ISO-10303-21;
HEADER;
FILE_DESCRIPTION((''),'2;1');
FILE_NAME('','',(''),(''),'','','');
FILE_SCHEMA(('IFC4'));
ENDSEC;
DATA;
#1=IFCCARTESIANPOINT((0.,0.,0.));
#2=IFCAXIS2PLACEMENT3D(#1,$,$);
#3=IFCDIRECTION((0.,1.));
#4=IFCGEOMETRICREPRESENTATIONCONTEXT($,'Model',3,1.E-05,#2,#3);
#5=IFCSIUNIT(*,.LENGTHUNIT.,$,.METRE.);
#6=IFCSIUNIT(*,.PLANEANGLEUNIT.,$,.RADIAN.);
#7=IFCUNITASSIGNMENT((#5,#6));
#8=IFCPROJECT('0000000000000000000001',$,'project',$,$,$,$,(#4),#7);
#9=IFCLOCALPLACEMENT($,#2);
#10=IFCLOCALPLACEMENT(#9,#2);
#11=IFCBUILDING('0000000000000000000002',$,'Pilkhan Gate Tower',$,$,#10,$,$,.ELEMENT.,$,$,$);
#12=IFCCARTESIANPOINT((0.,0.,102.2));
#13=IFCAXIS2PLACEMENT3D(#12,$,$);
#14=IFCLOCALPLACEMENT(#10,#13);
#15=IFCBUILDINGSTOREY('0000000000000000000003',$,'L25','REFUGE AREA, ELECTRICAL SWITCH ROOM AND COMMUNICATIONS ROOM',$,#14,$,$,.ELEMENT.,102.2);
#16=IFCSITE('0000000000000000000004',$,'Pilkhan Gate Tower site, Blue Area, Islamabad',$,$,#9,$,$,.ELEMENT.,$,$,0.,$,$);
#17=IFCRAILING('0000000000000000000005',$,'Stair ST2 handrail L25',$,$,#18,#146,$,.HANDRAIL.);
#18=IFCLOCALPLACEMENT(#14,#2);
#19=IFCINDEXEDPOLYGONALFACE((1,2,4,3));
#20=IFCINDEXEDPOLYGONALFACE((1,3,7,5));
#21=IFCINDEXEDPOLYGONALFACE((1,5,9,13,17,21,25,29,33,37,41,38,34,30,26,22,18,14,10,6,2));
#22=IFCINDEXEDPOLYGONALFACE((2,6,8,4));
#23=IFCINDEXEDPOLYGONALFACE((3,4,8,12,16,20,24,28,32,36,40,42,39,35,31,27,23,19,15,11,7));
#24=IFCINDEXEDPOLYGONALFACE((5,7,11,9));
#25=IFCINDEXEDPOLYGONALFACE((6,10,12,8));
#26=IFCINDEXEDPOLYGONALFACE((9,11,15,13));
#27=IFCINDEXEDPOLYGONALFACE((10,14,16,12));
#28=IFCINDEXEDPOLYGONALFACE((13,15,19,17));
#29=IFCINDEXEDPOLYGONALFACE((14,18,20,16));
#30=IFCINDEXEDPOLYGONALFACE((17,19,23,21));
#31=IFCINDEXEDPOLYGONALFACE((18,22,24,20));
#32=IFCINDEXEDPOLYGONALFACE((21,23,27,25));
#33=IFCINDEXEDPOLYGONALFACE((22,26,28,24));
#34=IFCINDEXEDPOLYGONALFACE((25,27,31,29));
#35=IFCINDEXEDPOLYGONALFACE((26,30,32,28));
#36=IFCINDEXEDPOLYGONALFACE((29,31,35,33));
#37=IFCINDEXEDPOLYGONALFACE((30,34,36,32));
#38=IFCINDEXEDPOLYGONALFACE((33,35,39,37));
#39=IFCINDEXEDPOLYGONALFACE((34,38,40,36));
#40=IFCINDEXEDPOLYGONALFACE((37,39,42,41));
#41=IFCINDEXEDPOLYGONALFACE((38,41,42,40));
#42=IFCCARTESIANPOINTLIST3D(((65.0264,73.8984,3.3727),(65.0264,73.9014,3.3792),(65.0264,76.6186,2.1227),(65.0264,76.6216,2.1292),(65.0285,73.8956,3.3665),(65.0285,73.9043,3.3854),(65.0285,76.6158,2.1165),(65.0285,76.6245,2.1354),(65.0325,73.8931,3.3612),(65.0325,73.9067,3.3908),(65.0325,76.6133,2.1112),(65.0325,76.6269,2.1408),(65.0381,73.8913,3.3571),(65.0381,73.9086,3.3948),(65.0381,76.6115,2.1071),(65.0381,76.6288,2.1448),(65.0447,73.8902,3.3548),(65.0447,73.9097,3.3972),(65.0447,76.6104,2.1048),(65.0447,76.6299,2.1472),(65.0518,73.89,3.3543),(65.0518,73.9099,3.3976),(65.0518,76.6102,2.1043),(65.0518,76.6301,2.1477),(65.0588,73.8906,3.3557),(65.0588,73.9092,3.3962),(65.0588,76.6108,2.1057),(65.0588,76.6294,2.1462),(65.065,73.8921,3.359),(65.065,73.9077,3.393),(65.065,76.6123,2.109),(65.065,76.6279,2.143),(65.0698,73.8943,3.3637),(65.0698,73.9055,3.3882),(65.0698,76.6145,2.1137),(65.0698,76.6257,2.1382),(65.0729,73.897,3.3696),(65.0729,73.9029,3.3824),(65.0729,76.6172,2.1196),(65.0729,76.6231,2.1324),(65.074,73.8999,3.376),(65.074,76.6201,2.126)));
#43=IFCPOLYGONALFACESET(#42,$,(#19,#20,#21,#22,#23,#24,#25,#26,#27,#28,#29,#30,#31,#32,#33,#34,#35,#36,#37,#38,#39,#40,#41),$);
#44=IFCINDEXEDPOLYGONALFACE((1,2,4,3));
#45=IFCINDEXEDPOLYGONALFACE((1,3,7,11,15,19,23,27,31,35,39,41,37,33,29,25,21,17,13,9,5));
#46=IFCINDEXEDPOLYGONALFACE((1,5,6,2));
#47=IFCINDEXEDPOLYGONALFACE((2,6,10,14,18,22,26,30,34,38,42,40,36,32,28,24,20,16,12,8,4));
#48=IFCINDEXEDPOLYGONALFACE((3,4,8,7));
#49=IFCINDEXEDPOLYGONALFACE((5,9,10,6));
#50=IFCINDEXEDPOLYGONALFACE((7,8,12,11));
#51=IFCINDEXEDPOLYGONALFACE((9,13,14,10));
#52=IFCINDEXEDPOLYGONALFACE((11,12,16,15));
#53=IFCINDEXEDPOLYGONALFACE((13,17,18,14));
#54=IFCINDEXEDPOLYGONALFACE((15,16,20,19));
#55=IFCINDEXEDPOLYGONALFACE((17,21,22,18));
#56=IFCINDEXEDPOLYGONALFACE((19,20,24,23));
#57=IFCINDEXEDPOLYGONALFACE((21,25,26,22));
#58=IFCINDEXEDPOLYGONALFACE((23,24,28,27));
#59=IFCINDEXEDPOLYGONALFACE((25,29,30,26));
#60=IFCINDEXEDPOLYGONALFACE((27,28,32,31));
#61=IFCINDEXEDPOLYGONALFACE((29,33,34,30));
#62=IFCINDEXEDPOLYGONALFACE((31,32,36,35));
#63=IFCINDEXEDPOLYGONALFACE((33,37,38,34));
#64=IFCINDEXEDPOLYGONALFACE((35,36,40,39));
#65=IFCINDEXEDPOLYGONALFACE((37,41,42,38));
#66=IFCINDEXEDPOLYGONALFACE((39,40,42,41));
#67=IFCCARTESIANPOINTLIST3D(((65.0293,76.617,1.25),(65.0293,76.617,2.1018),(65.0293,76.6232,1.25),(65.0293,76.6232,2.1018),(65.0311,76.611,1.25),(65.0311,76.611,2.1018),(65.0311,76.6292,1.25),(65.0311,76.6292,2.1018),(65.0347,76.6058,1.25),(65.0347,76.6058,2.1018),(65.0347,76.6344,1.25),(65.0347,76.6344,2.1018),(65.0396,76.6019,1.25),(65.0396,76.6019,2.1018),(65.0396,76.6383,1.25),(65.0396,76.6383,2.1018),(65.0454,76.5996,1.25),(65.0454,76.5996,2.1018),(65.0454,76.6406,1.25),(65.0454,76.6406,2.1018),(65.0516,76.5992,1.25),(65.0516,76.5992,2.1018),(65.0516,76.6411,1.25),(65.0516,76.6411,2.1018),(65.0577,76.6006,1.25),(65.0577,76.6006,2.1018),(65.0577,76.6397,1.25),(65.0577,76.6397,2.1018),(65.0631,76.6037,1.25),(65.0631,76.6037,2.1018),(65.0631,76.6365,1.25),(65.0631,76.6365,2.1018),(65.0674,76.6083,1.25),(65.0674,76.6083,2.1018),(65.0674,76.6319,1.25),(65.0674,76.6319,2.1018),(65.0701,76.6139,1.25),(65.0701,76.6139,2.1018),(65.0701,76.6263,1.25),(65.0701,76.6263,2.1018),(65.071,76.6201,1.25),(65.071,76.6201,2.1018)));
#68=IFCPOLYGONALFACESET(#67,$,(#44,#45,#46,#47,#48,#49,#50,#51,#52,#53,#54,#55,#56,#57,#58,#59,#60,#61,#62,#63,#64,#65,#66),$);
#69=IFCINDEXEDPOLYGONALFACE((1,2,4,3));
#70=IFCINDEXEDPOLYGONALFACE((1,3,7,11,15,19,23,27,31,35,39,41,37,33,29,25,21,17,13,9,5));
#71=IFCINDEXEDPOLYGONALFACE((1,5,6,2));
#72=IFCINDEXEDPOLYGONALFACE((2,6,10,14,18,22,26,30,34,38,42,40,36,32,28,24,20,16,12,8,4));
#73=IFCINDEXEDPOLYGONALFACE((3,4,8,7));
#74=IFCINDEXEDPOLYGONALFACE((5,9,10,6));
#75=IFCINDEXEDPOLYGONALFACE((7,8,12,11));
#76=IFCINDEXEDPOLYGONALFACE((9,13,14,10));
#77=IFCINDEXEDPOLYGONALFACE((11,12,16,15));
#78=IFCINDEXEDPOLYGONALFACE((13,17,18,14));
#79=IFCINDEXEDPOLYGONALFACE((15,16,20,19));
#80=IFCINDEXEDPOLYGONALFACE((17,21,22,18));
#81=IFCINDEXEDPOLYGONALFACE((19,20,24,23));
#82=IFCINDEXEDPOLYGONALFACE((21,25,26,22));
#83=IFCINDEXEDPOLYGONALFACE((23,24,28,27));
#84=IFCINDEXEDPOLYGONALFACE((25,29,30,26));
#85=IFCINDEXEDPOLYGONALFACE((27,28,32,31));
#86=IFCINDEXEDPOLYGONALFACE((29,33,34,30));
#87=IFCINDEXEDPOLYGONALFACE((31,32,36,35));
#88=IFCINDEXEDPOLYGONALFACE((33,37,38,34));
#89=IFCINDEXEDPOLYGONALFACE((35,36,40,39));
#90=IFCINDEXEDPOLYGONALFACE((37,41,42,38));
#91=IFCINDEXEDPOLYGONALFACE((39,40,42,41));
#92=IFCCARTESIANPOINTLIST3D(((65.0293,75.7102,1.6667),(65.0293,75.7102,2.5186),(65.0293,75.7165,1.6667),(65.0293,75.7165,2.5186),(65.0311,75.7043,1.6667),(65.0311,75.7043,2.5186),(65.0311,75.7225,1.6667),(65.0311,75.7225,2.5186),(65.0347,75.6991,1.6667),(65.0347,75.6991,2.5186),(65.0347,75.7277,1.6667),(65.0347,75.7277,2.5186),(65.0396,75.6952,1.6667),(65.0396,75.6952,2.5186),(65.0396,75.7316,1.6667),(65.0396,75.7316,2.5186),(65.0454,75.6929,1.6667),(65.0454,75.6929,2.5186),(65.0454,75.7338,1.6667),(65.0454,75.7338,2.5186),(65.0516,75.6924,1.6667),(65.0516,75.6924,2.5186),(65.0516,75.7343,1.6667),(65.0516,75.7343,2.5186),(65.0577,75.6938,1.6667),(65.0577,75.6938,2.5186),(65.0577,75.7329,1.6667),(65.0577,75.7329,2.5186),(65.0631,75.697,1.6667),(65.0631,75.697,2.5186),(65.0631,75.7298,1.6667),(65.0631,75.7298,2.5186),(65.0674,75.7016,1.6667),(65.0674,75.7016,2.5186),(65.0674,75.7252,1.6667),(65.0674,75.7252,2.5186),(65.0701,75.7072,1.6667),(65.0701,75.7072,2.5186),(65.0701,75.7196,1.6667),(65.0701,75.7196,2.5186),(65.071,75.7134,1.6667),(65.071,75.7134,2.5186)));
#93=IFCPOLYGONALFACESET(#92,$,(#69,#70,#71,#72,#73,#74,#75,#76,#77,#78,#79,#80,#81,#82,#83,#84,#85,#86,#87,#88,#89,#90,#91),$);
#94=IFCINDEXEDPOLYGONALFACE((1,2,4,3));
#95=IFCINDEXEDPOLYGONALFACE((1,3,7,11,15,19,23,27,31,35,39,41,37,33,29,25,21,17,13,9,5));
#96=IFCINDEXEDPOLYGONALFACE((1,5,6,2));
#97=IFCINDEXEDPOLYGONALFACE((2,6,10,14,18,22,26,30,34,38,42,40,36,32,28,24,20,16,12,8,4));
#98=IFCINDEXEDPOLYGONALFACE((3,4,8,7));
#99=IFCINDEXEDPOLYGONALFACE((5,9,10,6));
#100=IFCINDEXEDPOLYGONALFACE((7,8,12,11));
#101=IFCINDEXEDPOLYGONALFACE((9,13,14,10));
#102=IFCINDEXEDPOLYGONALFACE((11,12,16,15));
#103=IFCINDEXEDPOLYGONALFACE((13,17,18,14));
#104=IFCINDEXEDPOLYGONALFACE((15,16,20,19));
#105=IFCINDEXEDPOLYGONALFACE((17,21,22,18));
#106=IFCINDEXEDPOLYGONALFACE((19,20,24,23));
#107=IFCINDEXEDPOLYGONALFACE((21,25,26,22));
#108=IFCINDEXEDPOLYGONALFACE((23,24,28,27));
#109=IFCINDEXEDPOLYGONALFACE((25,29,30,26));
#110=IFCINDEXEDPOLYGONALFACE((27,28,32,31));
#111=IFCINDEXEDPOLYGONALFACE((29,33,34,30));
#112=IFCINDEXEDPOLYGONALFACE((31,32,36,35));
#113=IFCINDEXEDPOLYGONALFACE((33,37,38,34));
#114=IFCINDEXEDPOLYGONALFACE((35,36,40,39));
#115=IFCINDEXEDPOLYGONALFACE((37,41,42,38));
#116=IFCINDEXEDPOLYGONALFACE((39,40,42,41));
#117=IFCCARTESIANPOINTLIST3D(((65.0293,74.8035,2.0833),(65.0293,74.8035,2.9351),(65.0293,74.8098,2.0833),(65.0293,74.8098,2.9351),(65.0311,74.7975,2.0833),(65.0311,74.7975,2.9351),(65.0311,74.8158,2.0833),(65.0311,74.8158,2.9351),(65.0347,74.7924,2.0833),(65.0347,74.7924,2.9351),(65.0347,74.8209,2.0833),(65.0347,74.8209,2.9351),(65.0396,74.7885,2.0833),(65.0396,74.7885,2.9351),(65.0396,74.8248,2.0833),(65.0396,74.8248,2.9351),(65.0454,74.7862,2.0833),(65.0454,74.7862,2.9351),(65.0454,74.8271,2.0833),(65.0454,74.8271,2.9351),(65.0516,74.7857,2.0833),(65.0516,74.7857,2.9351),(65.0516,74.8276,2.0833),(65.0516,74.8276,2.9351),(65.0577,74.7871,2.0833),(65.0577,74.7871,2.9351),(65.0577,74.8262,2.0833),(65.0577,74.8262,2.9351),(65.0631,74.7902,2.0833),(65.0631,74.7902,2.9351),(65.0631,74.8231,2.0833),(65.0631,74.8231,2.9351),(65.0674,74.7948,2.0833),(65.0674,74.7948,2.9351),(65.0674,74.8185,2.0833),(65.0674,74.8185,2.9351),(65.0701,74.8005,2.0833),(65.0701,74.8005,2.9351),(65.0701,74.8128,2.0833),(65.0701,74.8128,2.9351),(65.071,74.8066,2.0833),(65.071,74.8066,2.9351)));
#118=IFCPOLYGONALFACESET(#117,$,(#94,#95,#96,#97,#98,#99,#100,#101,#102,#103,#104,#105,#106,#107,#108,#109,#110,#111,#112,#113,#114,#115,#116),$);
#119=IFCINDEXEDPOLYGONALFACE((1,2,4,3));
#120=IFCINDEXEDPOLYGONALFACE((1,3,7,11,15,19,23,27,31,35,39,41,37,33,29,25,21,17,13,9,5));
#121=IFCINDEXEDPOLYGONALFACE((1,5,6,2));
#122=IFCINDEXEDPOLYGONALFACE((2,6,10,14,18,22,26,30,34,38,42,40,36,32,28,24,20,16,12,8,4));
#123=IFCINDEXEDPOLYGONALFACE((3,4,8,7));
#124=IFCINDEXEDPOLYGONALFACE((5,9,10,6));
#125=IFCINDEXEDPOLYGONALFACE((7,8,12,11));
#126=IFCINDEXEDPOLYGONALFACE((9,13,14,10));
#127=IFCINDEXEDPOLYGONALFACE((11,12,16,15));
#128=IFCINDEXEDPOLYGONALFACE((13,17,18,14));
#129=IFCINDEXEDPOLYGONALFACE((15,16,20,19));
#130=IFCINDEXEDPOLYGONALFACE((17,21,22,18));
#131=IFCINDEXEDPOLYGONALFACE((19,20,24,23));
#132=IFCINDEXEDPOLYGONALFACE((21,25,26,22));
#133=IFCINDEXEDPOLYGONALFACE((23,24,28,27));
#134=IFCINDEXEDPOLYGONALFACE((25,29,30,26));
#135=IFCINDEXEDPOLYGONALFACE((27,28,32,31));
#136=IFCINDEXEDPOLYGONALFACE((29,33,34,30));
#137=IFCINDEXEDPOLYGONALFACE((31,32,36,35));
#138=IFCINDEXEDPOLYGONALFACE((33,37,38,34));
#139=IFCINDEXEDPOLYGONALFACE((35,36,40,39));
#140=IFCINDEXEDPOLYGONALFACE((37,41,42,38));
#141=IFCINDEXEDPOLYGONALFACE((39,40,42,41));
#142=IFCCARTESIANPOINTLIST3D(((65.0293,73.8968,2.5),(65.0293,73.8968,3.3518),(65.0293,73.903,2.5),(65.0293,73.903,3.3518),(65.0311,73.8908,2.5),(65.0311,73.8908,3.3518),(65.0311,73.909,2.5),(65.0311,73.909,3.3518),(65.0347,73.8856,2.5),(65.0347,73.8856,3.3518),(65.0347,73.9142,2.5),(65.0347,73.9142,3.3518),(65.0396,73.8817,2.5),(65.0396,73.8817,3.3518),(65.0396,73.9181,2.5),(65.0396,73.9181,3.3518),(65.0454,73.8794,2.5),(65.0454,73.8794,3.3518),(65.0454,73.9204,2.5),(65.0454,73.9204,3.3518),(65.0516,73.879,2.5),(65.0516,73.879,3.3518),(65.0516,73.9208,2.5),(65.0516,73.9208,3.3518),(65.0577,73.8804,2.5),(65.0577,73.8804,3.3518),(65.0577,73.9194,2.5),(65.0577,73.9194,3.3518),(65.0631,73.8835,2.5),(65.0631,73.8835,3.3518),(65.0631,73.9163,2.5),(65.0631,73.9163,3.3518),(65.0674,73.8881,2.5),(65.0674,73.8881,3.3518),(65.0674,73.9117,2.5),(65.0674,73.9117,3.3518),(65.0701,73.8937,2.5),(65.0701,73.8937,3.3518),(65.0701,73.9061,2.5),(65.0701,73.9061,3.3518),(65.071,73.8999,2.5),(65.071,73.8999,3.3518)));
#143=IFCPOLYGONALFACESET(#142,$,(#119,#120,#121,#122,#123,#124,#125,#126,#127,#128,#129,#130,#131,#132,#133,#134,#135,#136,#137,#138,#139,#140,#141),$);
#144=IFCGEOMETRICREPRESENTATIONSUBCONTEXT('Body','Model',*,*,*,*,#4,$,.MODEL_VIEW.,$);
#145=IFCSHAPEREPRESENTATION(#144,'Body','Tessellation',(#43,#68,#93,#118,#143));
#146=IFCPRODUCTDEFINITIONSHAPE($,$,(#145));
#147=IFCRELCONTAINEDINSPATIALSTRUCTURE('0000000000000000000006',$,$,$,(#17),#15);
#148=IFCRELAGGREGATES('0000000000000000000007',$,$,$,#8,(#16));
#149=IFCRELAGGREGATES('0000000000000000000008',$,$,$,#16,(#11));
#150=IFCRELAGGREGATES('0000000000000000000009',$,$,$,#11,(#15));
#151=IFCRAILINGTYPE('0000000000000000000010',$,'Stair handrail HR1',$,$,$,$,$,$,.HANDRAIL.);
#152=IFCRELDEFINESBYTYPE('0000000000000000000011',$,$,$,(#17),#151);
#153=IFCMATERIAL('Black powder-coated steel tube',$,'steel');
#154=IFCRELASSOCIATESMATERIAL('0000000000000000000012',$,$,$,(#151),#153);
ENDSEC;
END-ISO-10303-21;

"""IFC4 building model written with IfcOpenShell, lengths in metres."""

from ifc_helpers import new_model, si_unit, direction, frame, origin, origin_2d, place, context, subcontext, project, spatial, circle, extrude, material, type_object, element, save


model = new_model("IFC4")

# Units and contexts
model_context = context("Model", 3, precision=1e-05, world=origin(), true_north=direction((0.0, 1.0)))
body_context = subcontext(model_context, "Body", "Model", "MODEL_VIEW")
ifc_project = project(units=[si_unit("LENGTHUNIT", "METRE"), si_unit("PLANEANGLEUNIT", "RADIAN")], contexts=[model_context])

# Site, building, storey
site_placement = place(None, origin())
site = spatial("IfcSite", under=ifc_project, at=site_placement, Name="Pilkhan Gate Tower site, Blue Area, Islamabad", CompositionType="ELEMENT", RefElevation=0.0)
building_placement = place(site_placement, origin())
building = spatial("IfcBuilding", under=site, at=building_placement, Name="Pilkhan Gate Tower", CompositionType="ELEMENT")
storey_placement = place(building_placement, frame((0.0, 0.0, 102.2)))
storey = spatial("IfcBuildingStorey", under=building, at=storey_placement, Name="L25", Description="REFUGE AREA, ELECTRICAL SWITCH ROOM AND COMMUNICATIONS ROOM", CompositionType="ELEMENT", Elevation=102.2)

# Railing
ifc_material_1 = material(Name="Black powder-coated steel tube", Category="steel")
railing_type_1 = type_object("IfcRailingType", Name="Stair handrail HR1", PredefinedType="HANDRAIL", material=ifc_material_1)
railing_1_placement = place(storey_placement, frame((65.05, 76.6201, 1.25)))
element("IfcRailing", 1, at=railing_1_placement, inside=storey, type_object=railing_type_1, Name="Stair ST2 handrail L25", PredefinedType="HANDRAIL", context=body_context, shape_type="SweptSolid", body=[
    extrude(circle(Radius=0.0239, at=origin_2d()), frame((0.0, 0.0, 0.876), z_axis=(0.0, -0.908655, 0.417547), x_axis=(1.0, 0.0, 0.0)), (0.0, 0.0, 1.0), 2.9937),
    extrude(circle(Radius=0.021, at=origin_2d()), origin(), (0.0, 0.0, 1.0), 0.8518),
    extrude(circle(Radius=0.021, at=origin_2d()), frame((0.0, -0.9067, 0.4167)), (0.0, 0.0, 1.0), 0.8518),
    extrude(circle(Radius=0.021, at=origin_2d()), frame((0.0, -1.8135, 0.8333)), (0.0, 0.0, 1.0), 0.8518),
    extrude(circle(Radius=0.021, at=origin_2d()), frame((0.0, -2.7202, 1.25)), (0.0, 0.0, 1.0), 0.8518),
])

save(model, "model.ifc")
